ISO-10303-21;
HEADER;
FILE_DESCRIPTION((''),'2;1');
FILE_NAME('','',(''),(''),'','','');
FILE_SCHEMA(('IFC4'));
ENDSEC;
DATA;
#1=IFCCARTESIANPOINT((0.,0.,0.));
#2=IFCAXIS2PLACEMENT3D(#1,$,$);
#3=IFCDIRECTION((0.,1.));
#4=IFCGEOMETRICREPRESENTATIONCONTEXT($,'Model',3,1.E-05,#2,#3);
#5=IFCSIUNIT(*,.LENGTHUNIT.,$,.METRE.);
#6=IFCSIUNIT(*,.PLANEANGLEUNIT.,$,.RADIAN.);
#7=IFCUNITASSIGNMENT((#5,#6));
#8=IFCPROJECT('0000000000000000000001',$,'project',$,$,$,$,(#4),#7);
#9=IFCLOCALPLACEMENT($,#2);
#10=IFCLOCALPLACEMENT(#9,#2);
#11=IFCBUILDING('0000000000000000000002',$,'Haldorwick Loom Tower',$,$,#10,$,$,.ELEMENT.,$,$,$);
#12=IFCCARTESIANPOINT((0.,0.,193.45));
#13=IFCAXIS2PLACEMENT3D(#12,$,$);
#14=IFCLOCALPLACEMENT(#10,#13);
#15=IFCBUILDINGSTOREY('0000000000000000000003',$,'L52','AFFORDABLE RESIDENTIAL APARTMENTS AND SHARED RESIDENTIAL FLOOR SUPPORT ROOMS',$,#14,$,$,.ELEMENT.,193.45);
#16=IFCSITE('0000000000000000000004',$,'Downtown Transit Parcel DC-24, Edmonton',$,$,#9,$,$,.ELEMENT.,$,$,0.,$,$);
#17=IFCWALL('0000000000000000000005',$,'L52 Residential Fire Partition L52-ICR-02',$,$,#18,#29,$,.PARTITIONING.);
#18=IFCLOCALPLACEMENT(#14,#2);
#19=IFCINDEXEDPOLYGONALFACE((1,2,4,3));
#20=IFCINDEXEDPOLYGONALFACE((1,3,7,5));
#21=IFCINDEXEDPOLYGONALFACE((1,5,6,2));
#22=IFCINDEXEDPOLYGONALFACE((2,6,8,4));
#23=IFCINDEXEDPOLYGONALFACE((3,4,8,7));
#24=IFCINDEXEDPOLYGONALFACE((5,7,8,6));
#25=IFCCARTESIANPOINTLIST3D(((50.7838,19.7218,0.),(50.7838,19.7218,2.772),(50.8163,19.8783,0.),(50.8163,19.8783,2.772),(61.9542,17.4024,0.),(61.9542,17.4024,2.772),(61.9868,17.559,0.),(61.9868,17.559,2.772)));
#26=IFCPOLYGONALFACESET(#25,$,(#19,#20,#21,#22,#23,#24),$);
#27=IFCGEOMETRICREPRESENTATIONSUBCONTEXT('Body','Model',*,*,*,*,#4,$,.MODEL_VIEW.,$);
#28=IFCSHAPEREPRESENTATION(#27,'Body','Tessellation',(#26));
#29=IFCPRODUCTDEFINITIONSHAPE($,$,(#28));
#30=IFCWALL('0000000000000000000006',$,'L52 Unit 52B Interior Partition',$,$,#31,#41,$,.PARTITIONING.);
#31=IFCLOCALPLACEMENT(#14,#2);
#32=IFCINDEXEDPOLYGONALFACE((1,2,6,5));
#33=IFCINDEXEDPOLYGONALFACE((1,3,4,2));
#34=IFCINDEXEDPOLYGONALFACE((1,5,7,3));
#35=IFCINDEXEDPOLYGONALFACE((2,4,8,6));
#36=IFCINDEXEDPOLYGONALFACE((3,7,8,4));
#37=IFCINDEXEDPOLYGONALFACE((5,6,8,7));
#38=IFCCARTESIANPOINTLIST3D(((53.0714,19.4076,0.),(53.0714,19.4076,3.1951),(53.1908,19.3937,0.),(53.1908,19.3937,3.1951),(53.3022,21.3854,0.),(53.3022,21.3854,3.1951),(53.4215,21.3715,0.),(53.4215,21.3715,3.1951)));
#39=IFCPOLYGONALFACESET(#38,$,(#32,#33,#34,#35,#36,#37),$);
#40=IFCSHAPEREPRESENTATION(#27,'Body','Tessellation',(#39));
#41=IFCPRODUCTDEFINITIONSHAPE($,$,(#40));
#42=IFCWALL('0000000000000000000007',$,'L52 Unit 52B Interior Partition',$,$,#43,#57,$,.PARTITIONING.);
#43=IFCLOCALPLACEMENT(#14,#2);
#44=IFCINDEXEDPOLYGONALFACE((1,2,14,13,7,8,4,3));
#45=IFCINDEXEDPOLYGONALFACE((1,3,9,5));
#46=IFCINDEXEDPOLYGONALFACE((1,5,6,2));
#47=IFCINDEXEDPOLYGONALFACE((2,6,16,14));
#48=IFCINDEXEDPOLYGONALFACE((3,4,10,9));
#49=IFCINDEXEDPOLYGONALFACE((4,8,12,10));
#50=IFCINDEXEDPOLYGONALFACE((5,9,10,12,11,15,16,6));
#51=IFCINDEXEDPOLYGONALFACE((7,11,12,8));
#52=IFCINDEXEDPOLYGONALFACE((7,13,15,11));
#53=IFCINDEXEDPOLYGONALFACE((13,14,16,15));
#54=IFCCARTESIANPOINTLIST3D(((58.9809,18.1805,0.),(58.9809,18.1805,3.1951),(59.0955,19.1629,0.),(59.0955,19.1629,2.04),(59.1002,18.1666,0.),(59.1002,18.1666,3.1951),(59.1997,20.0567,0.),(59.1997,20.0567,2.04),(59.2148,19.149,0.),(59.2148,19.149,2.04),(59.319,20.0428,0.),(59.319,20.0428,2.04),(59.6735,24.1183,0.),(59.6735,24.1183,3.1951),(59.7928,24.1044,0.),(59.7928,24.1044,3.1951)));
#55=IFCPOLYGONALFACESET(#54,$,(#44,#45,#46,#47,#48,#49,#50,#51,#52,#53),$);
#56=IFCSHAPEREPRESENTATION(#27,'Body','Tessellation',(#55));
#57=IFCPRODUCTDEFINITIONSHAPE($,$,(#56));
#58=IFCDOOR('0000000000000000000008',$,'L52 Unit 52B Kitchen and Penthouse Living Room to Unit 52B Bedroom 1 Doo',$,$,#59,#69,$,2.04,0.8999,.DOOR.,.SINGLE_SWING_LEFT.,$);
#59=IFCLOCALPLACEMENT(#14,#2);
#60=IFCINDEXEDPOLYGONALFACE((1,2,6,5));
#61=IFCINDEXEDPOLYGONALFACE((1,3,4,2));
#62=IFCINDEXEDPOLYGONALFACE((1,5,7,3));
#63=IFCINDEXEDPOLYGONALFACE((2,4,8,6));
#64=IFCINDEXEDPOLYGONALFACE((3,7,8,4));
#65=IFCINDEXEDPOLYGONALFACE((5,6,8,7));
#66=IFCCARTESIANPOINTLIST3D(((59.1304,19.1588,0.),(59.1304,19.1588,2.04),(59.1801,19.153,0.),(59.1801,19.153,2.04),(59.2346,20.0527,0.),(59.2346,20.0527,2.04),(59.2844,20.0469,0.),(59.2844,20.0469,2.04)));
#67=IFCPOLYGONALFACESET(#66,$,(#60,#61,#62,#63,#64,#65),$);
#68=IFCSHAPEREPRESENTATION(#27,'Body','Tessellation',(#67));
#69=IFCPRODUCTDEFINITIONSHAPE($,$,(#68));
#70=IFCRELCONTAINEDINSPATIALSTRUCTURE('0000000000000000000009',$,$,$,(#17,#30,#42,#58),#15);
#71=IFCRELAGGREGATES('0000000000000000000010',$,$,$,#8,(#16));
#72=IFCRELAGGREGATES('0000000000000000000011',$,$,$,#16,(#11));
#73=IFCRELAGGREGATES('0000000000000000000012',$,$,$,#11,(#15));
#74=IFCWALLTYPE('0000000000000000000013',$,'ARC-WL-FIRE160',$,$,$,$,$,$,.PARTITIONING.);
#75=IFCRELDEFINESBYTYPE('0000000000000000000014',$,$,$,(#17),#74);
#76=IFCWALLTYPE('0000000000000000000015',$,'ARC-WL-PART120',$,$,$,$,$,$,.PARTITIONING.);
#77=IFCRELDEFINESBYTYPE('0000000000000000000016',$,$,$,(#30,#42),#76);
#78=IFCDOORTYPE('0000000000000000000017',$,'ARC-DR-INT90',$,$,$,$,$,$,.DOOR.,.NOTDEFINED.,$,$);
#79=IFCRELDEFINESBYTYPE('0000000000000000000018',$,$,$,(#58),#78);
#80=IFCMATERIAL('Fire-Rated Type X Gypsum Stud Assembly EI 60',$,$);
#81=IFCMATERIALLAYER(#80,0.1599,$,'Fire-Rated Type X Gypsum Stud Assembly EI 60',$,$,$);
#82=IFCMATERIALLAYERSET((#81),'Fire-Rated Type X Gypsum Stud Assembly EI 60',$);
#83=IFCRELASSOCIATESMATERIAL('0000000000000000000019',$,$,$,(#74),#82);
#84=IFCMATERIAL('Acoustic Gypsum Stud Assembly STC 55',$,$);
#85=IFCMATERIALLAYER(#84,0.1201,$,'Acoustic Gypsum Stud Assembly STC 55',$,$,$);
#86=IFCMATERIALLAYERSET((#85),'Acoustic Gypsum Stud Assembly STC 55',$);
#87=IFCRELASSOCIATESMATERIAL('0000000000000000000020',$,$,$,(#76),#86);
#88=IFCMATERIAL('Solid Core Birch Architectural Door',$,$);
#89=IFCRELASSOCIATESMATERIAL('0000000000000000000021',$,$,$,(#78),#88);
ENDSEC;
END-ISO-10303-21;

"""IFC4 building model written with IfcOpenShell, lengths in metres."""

from ifc_helpers import new_model, si_unit, direction, frame, frame_2d, origin, place, context, subcontext, project, spatial, rectangle, extrude, material, layer, layer_set, type_object, element, fill, save


model = new_model("IFC4")

# Units and contexts
model_context = context("Model", 3, precision=1e-05, world=origin(), true_north=direction((0.0, 1.0)))
body_context = subcontext(model_context, "Body", "Model", "MODEL_VIEW")
ifc_project = project(units=[si_unit("LENGTHUNIT", "METRE"), si_unit("PLANEANGLEUNIT", "RADIAN")], contexts=[model_context])

# Site, building, storey
site_placement = place(None, origin())
site = spatial("IfcSite", under=ifc_project, at=site_placement, Name="Downtown Transit Parcel DC-24, Edmonton", CompositionType="ELEMENT", RefElevation=0.0)
building_placement = place(site_placement, origin())
building = spatial("IfcBuilding", under=site, at=building_placement, Name="Haldorwick Loom Tower", CompositionType="ELEMENT")
storey_placement = place(building_placement, frame((0.0, 0.0, 193.45)))
storey = spatial("IfcBuildingStorey", under=building, at=storey_placement, Name="L52", Description="AFFORDABLE RESIDENTIAL APARTMENTS AND SHARED RESIDENTIAL FLOOR SUPPORT ROOMS", CompositionType="ELEMENT", Elevation=193.45)

# Walls
ifc_material_1 = material(Name="Fire-Rated Type X Gypsum Stud Assembly EI 60")
ifc_layer_1 = layer(ifc_material_1, 0.1599, Name="Fire-Rated Type X Gypsum Stud Assembly EI 60")
ifc_layer_set_1 = layer_set([ifc_layer_1], Name="Fire-Rated Type X Gypsum Stud Assembly EI 60")
wall_type_1 = type_object("IfcWallType", Name="ARC-WL-FIRE160", PredefinedType="PARTITIONING", material=ifc_layer_set_1)
wall_1_placement = place(storey_placement, frame((50.8, 19.8, 0.0), z_axis=(0.0, 0.0, 1.0), x_axis=(0.979117, -0.203296, 0.0)))
element("IfcWall", 1, at=wall_1_placement, inside=storey, type_object=wall_type_1, Name="L52 Residential Fire Partition L52-ICR-02", PredefinedType="PARTITIONING", context=body_context, shape_type="SweptSolid", body=[
    extrude(rectangle(XDim=11.4087, YDim=0.1599, at=frame_2d((5.7043, 0.0))), origin(), (0.0, 0.0, 1.0), 2.772),
])
ifc_material_2 = material(Name="Acoustic Gypsum Stud Assembly STC 55")
ifc_layer_2 = layer(ifc_material_2, 0.1201, Name="Acoustic Gypsum Stud Assembly STC 55")
ifc_layer_set_2 = layer_set([ifc_layer_2], Name="Acoustic Gypsum Stud Assembly STC 55")
wall_type_2 = type_object("IfcWallType", Name="ARC-WL-PART120", PredefinedType="PARTITIONING", material=ifc_layer_set_2)
wall_2_placement = place(storey_placement, frame((53.1311, 19.4006, 0.0), z_axis=(0.0, 0.0, 1.0), x_axis=(0.115867, 0.993265, 0.0)))
element("IfcWall", 2, at=wall_2_placement, inside=storey, type_object=wall_type_2, Name="L52 Unit 52B Interior Partition", PredefinedType="PARTITIONING", context=body_context, shape_type="SweptSolid", body=[
    extrude(rectangle(XDim=1.9912, YDim=0.1201, at=frame_2d((0.9956, 0.0))), origin(), (0.0, 0.0, 1.0), 3.1951),
])

# Wall, opening, door
wall_3_placement = place(storey_placement, frame((59.0405, 18.1736, 0.0), z_axis=(0.0, 0.0, 1.0), x_axis=(0.115863, 0.993265, 0.0)))
wall_3 = element("IfcWall", 3, at=wall_3_placement, inside=storey, type_object=wall_type_2, Name="L52 Unit 52B Interior Partition", PredefinedType="PARTITIONING", context=body_context, shape_type="SweptSolid", body=[
    extrude(rectangle(XDim=5.978, YDim=0.1201, at=frame_2d((2.989, 0.0))), origin(), (0.0, 0.0, 1.0), 3.1951),
])
opening_1_placement = place(wall_3_placement, frame((0.989, 0.0, 0.0)))
opening_1 = element("IfcOpeningElement", 4, at=opening_1_placement, cuts=wall_3, PredefinedType="OPENING", context=body_context, shape_type="SweptSolid", body=[
    extrude(rectangle(XDim=0.8999, YDim=2.04, at=frame_2d((0.45, 1.02))), frame((0.0, 0.0701, 0.0), z_axis=(0.0, -1.0, 0.0), x_axis=(1.0, 0.0, 0.0)), (0.0, 0.0, 1.0), 0.1401),
])
ifc_material_3 = material(Name="Solid Core Birch Architectural Door")
door_type_1 = type_object("IfcDoorType", Name="ARC-DR-INT90", OperationType="NOTDEFINED", PredefinedType="DOOR", material=ifc_material_3)
door_1_placement = place(opening_1_placement, origin())
door_1 = element("IfcDoor", 5, at=door_1_placement, inside=storey, type_object=door_type_1, Name="L52 Unit 52B Kitchen and Penthouse Living Room to Unit 52B Bedroom 1 Doo", OperationType="SINGLE_SWING_LEFT", OverallHeight=2.04, OverallWidth=0.8999, PredefinedType="DOOR", context=body_context, shape_type="SweptSolid", body=[
    extrude(rectangle(XDim=0.8999, YDim=2.04, at=frame_2d((0.45, 1.02))), frame((0.0, 0.0249, 0.0), z_axis=(0.0, -1.0, 0.0), x_axis=(1.0, 0.0, 0.0)), (0.0, 0.0, 1.0), 0.05),
])
fill(opening_1, door_1)

save(model, "model.ifc")
